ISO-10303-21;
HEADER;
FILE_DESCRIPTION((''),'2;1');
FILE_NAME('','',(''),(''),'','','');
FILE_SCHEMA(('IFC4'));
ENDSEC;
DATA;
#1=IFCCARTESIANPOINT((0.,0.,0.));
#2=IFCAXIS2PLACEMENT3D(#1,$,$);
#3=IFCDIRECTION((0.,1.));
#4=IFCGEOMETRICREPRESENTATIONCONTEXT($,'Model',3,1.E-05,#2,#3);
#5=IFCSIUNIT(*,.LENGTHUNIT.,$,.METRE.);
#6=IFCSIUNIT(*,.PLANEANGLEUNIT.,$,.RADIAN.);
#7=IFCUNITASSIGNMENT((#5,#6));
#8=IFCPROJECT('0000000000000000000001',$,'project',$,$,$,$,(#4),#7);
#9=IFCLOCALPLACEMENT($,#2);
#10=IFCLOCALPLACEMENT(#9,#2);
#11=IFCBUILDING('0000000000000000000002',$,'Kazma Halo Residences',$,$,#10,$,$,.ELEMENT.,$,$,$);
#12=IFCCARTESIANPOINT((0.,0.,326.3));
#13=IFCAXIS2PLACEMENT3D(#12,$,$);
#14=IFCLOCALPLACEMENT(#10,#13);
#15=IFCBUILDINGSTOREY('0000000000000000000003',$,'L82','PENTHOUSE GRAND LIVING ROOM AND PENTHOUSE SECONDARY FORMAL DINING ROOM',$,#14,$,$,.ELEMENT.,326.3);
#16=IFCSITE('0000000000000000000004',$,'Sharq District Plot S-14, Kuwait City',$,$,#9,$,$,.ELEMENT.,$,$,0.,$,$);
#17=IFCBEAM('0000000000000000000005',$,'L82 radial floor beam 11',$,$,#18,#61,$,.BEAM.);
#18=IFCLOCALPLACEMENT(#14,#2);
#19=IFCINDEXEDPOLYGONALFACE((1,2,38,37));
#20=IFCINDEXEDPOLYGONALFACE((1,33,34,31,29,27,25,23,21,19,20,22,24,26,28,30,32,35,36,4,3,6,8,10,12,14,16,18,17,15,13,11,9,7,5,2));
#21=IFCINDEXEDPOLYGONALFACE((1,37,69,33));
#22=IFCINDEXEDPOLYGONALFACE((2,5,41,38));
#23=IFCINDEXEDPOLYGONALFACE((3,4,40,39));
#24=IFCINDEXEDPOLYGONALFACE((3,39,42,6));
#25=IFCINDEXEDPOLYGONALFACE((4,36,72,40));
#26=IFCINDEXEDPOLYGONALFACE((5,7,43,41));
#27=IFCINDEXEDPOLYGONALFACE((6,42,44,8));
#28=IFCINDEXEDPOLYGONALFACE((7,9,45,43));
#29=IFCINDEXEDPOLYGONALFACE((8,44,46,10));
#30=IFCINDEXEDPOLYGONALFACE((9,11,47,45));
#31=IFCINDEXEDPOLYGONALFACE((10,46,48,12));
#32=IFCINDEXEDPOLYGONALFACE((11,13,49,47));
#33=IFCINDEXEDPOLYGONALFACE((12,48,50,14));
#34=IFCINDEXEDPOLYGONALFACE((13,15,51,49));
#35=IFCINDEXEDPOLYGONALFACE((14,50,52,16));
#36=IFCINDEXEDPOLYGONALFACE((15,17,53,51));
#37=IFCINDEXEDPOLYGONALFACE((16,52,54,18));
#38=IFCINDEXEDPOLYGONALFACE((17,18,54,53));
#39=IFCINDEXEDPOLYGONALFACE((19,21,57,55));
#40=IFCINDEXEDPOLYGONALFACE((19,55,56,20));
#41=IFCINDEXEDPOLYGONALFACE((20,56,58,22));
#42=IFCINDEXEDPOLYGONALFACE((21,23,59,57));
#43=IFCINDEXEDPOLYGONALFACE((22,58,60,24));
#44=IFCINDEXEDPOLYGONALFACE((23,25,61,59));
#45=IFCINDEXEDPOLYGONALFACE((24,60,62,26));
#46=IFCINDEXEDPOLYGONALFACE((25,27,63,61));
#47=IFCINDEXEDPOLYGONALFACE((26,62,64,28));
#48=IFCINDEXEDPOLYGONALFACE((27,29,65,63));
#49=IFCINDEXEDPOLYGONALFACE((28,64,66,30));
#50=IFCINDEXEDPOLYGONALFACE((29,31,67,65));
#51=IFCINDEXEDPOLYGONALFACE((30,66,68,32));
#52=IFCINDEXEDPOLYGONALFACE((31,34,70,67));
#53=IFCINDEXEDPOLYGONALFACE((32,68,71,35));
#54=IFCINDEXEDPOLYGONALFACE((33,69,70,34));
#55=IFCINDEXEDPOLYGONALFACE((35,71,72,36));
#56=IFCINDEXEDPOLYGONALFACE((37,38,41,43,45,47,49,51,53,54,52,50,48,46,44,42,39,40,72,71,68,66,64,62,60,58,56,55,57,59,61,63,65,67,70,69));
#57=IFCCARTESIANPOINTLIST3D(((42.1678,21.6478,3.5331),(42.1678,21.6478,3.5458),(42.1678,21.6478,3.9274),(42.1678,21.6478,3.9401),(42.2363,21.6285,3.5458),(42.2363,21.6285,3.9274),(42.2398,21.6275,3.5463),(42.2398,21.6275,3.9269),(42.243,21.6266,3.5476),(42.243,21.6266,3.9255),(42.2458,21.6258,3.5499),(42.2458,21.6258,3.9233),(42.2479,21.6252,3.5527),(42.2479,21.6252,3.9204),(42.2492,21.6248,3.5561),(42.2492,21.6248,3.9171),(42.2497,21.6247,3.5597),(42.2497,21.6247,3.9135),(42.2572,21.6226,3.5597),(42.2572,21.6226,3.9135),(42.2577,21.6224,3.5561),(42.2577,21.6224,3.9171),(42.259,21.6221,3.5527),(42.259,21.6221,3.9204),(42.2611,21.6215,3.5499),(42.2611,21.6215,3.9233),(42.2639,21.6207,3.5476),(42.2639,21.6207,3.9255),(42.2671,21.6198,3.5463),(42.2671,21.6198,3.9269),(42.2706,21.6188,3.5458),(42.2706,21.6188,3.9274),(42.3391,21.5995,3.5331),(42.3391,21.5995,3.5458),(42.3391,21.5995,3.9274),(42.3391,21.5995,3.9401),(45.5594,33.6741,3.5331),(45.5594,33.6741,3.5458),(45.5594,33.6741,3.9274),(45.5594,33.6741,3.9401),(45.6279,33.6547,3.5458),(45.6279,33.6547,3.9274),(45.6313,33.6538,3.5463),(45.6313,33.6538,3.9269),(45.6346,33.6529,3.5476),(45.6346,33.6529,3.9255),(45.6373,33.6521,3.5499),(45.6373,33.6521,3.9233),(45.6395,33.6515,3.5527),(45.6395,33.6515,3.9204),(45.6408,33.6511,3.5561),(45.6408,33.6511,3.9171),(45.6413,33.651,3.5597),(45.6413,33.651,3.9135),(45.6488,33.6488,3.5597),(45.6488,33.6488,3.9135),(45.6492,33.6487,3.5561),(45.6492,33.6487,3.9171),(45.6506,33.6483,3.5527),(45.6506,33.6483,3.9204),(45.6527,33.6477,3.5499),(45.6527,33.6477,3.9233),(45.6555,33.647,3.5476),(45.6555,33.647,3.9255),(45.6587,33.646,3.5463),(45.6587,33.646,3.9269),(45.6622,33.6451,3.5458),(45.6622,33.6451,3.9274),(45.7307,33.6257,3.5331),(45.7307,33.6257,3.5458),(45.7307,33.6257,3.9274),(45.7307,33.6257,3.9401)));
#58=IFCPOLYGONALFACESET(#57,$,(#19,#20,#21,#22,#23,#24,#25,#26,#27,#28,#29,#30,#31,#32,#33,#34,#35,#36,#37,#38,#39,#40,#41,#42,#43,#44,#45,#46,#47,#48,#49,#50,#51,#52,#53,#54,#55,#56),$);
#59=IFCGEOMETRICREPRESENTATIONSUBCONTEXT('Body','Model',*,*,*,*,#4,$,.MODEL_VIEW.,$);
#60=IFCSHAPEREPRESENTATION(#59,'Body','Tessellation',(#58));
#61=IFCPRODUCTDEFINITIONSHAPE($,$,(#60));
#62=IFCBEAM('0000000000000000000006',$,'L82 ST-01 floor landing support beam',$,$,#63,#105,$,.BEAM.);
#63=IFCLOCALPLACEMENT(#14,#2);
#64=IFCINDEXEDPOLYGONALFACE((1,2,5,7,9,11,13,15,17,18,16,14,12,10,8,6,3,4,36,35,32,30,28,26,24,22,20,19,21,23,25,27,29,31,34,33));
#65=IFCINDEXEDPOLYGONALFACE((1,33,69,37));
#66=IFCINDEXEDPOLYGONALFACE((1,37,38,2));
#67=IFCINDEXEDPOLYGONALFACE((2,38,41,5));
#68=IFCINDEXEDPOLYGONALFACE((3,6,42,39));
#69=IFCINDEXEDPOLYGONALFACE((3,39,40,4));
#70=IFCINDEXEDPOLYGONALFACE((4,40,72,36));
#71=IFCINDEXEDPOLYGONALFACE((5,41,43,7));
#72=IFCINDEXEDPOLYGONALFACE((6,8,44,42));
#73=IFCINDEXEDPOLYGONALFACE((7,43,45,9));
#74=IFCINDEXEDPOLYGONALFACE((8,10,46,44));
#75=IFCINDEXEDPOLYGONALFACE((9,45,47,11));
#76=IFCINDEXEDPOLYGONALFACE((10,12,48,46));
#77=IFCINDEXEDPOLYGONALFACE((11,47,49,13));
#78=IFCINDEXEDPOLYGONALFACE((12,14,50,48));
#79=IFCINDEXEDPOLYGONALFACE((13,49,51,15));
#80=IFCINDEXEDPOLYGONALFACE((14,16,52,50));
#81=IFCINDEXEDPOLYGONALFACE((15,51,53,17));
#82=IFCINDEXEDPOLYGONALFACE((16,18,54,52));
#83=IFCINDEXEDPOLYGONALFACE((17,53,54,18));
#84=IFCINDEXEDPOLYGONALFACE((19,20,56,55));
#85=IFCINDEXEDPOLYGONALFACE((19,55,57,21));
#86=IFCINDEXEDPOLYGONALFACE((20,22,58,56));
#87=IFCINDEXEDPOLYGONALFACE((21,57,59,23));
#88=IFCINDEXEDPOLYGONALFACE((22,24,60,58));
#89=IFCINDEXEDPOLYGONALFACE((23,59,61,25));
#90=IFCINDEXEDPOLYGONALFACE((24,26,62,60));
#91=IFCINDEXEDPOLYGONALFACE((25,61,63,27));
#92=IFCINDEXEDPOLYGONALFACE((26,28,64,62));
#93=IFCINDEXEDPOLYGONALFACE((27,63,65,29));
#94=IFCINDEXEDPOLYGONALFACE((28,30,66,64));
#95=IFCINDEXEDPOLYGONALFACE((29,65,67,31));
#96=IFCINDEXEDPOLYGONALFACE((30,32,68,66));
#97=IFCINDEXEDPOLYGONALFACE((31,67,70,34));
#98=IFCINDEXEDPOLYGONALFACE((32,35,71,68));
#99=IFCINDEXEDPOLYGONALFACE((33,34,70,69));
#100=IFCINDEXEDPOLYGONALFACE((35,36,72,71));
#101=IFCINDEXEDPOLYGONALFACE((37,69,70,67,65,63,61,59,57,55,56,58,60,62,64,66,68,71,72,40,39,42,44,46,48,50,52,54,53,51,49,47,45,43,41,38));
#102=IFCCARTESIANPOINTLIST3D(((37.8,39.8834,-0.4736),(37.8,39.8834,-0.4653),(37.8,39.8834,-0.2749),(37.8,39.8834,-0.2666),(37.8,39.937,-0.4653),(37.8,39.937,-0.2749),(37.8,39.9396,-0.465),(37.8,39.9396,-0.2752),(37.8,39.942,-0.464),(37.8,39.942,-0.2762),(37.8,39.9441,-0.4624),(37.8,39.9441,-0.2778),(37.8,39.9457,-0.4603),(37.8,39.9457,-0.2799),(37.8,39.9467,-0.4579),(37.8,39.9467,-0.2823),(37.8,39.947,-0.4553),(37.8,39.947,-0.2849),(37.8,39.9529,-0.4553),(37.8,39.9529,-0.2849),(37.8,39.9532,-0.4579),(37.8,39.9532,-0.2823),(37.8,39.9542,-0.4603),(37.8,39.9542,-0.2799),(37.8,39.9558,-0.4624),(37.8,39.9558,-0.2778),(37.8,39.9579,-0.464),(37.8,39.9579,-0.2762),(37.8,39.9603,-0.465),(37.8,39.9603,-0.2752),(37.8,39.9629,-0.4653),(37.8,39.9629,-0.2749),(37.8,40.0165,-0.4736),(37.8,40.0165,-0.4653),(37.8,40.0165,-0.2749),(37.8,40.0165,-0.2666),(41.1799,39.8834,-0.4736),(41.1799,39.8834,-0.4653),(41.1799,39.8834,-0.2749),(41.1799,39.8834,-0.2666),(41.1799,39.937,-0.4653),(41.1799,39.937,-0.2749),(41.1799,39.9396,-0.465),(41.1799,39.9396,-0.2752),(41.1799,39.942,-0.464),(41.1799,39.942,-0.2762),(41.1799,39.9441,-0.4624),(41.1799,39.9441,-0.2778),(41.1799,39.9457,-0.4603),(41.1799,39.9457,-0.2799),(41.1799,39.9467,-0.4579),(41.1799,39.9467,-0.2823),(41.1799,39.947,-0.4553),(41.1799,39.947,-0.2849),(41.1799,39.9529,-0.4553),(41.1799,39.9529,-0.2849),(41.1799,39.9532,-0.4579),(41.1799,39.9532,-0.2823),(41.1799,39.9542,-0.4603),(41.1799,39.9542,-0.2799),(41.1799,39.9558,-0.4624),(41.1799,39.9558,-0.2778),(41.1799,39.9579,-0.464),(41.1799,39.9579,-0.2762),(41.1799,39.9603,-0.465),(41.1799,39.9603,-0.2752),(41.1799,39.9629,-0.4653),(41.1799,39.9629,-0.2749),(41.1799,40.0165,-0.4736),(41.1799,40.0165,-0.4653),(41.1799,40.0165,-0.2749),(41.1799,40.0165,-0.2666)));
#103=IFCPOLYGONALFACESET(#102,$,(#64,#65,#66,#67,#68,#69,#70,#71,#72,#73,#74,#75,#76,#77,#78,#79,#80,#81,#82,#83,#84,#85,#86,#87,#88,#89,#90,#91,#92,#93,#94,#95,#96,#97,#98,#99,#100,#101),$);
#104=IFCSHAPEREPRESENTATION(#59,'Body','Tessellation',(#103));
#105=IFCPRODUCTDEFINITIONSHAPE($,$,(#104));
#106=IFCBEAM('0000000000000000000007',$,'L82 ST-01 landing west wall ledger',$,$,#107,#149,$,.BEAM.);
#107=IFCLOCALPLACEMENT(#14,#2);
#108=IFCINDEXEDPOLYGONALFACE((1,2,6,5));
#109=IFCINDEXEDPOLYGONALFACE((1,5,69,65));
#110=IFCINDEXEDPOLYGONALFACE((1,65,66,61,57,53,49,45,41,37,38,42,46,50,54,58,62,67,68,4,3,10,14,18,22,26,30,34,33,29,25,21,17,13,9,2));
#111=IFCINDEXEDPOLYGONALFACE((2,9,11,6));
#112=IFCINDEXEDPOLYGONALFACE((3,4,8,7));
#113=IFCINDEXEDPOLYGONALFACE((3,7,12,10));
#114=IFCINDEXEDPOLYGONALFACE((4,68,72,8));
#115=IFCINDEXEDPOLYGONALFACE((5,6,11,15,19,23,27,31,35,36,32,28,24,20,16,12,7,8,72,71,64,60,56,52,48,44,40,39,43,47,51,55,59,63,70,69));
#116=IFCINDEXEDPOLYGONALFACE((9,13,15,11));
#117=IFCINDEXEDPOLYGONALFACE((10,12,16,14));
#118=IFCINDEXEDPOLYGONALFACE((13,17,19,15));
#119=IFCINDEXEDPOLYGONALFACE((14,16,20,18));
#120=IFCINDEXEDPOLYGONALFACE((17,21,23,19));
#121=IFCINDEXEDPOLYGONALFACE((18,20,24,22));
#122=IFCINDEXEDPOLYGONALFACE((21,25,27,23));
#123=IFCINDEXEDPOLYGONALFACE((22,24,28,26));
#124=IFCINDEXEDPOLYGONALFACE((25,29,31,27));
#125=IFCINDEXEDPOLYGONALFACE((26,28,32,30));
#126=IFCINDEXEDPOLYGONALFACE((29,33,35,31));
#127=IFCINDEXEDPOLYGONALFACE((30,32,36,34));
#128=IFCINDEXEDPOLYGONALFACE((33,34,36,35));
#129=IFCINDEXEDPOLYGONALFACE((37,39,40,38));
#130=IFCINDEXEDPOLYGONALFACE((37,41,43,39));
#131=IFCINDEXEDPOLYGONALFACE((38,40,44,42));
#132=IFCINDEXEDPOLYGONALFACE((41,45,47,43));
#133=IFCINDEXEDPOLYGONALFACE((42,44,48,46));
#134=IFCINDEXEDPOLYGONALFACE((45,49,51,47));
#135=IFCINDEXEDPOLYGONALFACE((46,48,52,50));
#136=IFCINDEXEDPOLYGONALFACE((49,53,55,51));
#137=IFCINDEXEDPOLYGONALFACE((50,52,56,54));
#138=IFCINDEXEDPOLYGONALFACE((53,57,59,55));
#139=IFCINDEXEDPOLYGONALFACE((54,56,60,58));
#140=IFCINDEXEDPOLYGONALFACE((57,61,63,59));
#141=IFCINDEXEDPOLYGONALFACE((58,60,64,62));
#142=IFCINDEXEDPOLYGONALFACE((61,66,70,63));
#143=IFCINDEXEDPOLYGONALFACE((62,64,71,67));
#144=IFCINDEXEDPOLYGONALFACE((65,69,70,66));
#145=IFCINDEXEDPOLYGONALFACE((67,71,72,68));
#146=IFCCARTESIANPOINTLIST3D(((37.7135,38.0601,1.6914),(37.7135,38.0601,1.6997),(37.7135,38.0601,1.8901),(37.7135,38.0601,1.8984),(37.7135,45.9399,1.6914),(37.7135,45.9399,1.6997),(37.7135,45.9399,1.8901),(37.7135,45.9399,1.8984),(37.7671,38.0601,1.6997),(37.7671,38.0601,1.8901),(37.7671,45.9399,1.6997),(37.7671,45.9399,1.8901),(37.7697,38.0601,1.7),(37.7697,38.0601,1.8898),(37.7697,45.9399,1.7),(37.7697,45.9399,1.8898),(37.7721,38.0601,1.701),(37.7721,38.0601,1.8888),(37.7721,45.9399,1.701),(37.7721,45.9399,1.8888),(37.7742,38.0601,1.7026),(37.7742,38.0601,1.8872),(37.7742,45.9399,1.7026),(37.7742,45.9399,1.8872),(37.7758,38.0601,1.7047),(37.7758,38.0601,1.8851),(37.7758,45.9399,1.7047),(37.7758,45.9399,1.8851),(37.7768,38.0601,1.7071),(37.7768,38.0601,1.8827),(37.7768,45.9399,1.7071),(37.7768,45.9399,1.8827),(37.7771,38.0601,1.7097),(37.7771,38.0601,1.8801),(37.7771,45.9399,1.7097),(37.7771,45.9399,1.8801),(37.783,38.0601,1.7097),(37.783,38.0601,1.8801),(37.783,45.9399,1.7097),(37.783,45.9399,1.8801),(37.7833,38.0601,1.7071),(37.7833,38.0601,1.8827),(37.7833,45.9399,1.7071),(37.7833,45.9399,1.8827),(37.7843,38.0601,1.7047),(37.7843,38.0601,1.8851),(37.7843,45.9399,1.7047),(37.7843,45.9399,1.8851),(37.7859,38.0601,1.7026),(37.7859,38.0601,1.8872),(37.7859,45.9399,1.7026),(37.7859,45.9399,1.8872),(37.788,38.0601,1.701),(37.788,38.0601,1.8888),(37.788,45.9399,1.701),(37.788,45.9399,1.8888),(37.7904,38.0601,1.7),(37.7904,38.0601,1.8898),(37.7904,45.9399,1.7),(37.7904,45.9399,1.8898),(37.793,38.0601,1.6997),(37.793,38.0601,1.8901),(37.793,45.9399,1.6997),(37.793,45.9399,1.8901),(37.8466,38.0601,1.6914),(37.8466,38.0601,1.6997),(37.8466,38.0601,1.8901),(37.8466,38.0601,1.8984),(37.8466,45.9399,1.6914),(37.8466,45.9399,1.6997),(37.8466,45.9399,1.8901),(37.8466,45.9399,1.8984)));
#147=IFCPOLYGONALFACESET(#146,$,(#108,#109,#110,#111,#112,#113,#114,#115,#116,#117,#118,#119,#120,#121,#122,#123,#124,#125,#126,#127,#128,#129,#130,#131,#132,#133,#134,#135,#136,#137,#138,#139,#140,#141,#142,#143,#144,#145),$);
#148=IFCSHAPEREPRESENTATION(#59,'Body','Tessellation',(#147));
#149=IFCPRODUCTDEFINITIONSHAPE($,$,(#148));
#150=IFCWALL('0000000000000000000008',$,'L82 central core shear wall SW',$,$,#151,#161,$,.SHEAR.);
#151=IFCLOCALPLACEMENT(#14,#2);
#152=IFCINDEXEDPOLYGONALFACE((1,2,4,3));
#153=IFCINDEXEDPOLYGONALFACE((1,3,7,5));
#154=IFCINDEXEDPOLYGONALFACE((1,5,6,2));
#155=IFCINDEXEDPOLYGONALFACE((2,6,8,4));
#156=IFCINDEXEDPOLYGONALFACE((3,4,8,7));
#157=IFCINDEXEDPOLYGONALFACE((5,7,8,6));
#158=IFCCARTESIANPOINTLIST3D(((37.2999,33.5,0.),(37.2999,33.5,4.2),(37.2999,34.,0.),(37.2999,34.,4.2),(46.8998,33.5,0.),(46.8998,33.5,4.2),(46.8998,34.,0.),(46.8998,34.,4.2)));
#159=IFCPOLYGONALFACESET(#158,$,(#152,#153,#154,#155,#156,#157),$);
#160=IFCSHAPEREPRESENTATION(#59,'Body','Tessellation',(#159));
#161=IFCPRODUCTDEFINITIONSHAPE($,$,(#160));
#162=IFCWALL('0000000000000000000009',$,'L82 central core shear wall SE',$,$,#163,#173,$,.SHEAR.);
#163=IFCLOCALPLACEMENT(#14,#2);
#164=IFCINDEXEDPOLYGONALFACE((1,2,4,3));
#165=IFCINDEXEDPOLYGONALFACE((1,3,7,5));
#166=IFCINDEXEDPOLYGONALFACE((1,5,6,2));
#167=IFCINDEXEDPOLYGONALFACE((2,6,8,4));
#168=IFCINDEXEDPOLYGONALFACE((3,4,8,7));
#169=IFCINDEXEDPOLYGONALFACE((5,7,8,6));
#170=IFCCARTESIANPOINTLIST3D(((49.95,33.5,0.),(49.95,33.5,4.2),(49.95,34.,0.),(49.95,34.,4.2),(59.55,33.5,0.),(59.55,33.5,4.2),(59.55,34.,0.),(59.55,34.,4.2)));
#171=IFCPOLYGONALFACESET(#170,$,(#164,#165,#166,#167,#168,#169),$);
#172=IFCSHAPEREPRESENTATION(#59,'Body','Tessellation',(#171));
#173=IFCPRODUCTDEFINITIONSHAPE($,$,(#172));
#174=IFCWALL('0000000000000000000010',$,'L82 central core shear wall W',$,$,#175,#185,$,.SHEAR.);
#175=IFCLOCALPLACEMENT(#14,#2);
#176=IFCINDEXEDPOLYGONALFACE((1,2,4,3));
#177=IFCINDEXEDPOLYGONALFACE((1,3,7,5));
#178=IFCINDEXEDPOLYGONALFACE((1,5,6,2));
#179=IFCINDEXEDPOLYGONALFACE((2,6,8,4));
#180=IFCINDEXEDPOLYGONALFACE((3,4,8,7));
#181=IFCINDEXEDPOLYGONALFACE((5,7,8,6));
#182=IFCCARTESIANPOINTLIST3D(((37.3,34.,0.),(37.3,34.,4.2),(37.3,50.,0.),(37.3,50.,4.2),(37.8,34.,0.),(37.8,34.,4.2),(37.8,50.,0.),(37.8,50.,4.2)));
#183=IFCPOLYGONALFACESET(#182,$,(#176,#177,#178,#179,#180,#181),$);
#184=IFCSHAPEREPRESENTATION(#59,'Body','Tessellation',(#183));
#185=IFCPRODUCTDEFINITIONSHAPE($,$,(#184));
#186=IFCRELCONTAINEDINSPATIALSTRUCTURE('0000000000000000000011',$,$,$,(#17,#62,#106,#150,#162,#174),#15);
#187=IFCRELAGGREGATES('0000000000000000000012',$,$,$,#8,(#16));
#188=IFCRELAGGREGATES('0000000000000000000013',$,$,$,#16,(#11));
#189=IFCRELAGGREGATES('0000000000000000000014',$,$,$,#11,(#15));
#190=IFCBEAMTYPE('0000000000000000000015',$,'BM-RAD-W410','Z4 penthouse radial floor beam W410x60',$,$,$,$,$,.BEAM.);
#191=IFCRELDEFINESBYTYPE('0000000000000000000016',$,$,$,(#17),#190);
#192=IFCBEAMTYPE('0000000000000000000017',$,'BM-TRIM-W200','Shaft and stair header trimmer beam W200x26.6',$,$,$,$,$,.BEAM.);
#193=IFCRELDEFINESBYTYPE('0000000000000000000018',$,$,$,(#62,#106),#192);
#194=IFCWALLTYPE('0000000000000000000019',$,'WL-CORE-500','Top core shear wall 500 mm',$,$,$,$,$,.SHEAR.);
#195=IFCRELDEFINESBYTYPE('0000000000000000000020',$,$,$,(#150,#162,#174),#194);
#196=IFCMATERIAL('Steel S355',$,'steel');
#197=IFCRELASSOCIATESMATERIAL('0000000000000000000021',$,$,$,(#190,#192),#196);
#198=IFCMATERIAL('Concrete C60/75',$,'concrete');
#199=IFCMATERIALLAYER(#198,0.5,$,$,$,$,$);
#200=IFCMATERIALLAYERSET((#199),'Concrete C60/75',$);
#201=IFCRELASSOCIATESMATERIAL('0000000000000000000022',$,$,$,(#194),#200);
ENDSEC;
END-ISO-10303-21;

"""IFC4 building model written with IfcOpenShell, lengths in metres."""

from ifc_helpers import new_model, si_unit, direction, frame, frame_2d, origin, origin_2d, place, context, subcontext, project, spatial, rectangle, i_section, extrude, material, layer, layer_set, material_profile, profile_set, type_object, element, save


model = new_model("IFC4")

# Units and contexts
model_context = context("Model", 3, precision=1e-05, world=origin(), true_north=direction((0.0, 1.0)))
body_context = subcontext(model_context, "Body", "Model", "MODEL_VIEW")
ifc_project = project(units=[si_unit("LENGTHUNIT", "METRE"), si_unit("PLANEANGLEUNIT", "RADIAN")], contexts=[model_context])

# Site, building, storey
site_placement = place(None, origin())
site = spatial("IfcSite", under=ifc_project, at=site_placement, Name="Sharq District Plot S-14, Kuwait City", CompositionType="ELEMENT", RefElevation=0.0)
building_placement = place(site_placement, origin())
building = spatial("IfcBuilding", under=site, at=building_placement, Name="Kazma Halo Residences", CompositionType="ELEMENT")
storey_placement = place(building_placement, frame((0.0, 0.0, 326.3)))
storey = spatial("IfcBuildingStorey", under=building, at=storey_placement, Name="L82", Description="PENTHOUSE GRAND LIVING ROOM AND PENTHOUSE SECONDARY FORMAL DINING ROOM", CompositionType="ELEMENT", Elevation=326.3)

# Beams
ifc_material_1 = material(Name="Steel S355", Category="steel")
ifc_material_profile_1 = material_profile(ifc_material_1, i_section(OverallWidth=0.178, OverallDepth=0.407, WebThickness=0.0078, FlangeThickness=0.0127, FilletRadius=0.0139, at=origin_2d()), Name="W410x60")
ifc_profile_set_1 = profile_set([ifc_material_profile_1], Name="Steel S355")
beam_type_1 = type_object("IfcBeamType", Name="BM-RAD-W410", Description="Z4 penthouse radial floor beam W410x60", PredefinedType="BEAM", material=ifc_profile_set_1)
beam_1_placement = place(storey_placement, frame((45.645, 33.6499, 3.7366), z_axis=(-0.271427, -0.962459, 0.0), x_axis=(0.962459, -0.271427, 0.0)))
element("IfcBeam", 1, at=beam_1_placement, inside=storey, type_object=beam_type_1, Name="L82 radial floor beam 11", PredefinedType="BEAM", context=body_context, shape_type="SweptSolid", body=[
    extrude(i_section(OverallWidth=0.178, OverallDepth=0.407, WebThickness=0.0078, FlangeThickness=0.0127, FilletRadius=0.0139, at=origin_2d()), origin(), (0.0, 0.0, 1.0), 12.4954),
])
ifc_material_profile_2 = material_profile(ifc_material_1, i_section(OverallWidth=0.1331, OverallDepth=0.207, WebThickness=0.0059, FlangeThickness=0.0083, FilletRadius=0.01, at=origin_2d()), Name="W200x26.6")
ifc_profile_set_2 = profile_set([ifc_material_profile_2], Name="Steel S355")
beam_type_2 = type_object("IfcBeamType", Name="BM-TRIM-W200", Description="Shaft and stair header trimmer beam W200x26.6", PredefinedType="BEAM", material=ifc_profile_set_2)
beam_2_placement = place(storey_placement, frame((37.8, 39.95, -0.3701), z_axis=(1.0, 0.0, 0.0), x_axis=(0.0, 1.0, 0.0)))
element("IfcBeam", 2, at=beam_2_placement, inside=storey, type_object=beam_type_2, Name="L82 ST-01 floor landing support beam", PredefinedType="BEAM", context=body_context, shape_type="SweptSolid", body=[
    extrude(i_section(OverallWidth=0.1331, OverallDepth=0.207, WebThickness=0.0059, FlangeThickness=0.0083, FilletRadius=0.01, at=origin_2d()), origin(), (0.0, 0.0, 1.0), 3.3799),
])
beam_3_placement = place(storey_placement, frame((37.78, 38.0601, 1.7949), z_axis=(0.0, 1.0, 0.0), x_axis=(-1.0, 0.0, 0.0)))
element("IfcBeam", 3, at=beam_3_placement, inside=storey, type_object=beam_type_2, Name="L82 ST-01 landing west wall ledger", PredefinedType="BEAM", context=body_context, shape_type="SweptSolid", body=[
    extrude(i_section(OverallWidth=0.1331, OverallDepth=0.207, WebThickness=0.0059, FlangeThickness=0.0083, FilletRadius=0.01, at=origin_2d()), origin(), (0.0, 0.0, 1.0), 7.8799),
])

# Walls
ifc_material_2 = material(Name="Concrete C60/75", Category="concrete")
ifc_layer_1 = layer(ifc_material_2, 0.5)
ifc_layer_set_1 = layer_set([ifc_layer_1], Name="Concrete C60/75")
wall_type_1 = type_object("IfcWallType", Name="WL-CORE-500", Description="Top core shear wall 500 mm", PredefinedType="SHEAR", material=ifc_layer_set_1)
wall_1_placement = place(storey_placement, frame((37.3, 33.75, 0.0), z_axis=(0.0, 0.0, 1.0), x_axis=(1.0, 0.0, 0.0)))
element("IfcWall", 4, at=wall_1_placement, inside=storey, type_object=wall_type_1, Name="L82 central core shear wall SW", PredefinedType="SHEAR", context=body_context, shape_type="SweptSolid", body=[
    extrude(rectangle(XDim=9.5999, YDim=0.5, at=frame_2d((4.7998, 0.0))), origin(), (0.0, 0.0, 1.0), 4.2),
])
wall_2_placement = place(storey_placement, frame((49.95, 33.75, 0.0), z_axis=(0.0, 0.0, 1.0), x_axis=(1.0, 0.0, 0.0)))
element("IfcWall", 5, at=wall_2_placement, inside=storey, type_object=wall_type_1, Name="L82 central core shear wall SE", PredefinedType="SHEAR", context=body_context, shape_type="SweptSolid", body=[
    extrude(rectangle(XDim=9.6001, YDim=0.5, at=frame_2d((4.8, 0.0))), origin(), (0.0, 0.0, 1.0), 4.2),
])
wall_3_placement = place(storey_placement, frame((37.55, 34.0, 0.0), z_axis=(0.0, 0.0, 1.0), x_axis=(0.0, 1.0, 0.0)))
element("IfcWall", 6, at=wall_3_placement, inside=storey, type_object=wall_type_1, Name="L82 central core shear wall W", PredefinedType="SHEAR", context=body_context, shape_type="SweptSolid", body=[
    extrude(rectangle(XDim=16.0, YDim=0.5, at=frame_2d((8.0, 0.0))), origin(), (0.0, 0.0, 1.0), 4.2),
])

save(model, "model.ifc")
